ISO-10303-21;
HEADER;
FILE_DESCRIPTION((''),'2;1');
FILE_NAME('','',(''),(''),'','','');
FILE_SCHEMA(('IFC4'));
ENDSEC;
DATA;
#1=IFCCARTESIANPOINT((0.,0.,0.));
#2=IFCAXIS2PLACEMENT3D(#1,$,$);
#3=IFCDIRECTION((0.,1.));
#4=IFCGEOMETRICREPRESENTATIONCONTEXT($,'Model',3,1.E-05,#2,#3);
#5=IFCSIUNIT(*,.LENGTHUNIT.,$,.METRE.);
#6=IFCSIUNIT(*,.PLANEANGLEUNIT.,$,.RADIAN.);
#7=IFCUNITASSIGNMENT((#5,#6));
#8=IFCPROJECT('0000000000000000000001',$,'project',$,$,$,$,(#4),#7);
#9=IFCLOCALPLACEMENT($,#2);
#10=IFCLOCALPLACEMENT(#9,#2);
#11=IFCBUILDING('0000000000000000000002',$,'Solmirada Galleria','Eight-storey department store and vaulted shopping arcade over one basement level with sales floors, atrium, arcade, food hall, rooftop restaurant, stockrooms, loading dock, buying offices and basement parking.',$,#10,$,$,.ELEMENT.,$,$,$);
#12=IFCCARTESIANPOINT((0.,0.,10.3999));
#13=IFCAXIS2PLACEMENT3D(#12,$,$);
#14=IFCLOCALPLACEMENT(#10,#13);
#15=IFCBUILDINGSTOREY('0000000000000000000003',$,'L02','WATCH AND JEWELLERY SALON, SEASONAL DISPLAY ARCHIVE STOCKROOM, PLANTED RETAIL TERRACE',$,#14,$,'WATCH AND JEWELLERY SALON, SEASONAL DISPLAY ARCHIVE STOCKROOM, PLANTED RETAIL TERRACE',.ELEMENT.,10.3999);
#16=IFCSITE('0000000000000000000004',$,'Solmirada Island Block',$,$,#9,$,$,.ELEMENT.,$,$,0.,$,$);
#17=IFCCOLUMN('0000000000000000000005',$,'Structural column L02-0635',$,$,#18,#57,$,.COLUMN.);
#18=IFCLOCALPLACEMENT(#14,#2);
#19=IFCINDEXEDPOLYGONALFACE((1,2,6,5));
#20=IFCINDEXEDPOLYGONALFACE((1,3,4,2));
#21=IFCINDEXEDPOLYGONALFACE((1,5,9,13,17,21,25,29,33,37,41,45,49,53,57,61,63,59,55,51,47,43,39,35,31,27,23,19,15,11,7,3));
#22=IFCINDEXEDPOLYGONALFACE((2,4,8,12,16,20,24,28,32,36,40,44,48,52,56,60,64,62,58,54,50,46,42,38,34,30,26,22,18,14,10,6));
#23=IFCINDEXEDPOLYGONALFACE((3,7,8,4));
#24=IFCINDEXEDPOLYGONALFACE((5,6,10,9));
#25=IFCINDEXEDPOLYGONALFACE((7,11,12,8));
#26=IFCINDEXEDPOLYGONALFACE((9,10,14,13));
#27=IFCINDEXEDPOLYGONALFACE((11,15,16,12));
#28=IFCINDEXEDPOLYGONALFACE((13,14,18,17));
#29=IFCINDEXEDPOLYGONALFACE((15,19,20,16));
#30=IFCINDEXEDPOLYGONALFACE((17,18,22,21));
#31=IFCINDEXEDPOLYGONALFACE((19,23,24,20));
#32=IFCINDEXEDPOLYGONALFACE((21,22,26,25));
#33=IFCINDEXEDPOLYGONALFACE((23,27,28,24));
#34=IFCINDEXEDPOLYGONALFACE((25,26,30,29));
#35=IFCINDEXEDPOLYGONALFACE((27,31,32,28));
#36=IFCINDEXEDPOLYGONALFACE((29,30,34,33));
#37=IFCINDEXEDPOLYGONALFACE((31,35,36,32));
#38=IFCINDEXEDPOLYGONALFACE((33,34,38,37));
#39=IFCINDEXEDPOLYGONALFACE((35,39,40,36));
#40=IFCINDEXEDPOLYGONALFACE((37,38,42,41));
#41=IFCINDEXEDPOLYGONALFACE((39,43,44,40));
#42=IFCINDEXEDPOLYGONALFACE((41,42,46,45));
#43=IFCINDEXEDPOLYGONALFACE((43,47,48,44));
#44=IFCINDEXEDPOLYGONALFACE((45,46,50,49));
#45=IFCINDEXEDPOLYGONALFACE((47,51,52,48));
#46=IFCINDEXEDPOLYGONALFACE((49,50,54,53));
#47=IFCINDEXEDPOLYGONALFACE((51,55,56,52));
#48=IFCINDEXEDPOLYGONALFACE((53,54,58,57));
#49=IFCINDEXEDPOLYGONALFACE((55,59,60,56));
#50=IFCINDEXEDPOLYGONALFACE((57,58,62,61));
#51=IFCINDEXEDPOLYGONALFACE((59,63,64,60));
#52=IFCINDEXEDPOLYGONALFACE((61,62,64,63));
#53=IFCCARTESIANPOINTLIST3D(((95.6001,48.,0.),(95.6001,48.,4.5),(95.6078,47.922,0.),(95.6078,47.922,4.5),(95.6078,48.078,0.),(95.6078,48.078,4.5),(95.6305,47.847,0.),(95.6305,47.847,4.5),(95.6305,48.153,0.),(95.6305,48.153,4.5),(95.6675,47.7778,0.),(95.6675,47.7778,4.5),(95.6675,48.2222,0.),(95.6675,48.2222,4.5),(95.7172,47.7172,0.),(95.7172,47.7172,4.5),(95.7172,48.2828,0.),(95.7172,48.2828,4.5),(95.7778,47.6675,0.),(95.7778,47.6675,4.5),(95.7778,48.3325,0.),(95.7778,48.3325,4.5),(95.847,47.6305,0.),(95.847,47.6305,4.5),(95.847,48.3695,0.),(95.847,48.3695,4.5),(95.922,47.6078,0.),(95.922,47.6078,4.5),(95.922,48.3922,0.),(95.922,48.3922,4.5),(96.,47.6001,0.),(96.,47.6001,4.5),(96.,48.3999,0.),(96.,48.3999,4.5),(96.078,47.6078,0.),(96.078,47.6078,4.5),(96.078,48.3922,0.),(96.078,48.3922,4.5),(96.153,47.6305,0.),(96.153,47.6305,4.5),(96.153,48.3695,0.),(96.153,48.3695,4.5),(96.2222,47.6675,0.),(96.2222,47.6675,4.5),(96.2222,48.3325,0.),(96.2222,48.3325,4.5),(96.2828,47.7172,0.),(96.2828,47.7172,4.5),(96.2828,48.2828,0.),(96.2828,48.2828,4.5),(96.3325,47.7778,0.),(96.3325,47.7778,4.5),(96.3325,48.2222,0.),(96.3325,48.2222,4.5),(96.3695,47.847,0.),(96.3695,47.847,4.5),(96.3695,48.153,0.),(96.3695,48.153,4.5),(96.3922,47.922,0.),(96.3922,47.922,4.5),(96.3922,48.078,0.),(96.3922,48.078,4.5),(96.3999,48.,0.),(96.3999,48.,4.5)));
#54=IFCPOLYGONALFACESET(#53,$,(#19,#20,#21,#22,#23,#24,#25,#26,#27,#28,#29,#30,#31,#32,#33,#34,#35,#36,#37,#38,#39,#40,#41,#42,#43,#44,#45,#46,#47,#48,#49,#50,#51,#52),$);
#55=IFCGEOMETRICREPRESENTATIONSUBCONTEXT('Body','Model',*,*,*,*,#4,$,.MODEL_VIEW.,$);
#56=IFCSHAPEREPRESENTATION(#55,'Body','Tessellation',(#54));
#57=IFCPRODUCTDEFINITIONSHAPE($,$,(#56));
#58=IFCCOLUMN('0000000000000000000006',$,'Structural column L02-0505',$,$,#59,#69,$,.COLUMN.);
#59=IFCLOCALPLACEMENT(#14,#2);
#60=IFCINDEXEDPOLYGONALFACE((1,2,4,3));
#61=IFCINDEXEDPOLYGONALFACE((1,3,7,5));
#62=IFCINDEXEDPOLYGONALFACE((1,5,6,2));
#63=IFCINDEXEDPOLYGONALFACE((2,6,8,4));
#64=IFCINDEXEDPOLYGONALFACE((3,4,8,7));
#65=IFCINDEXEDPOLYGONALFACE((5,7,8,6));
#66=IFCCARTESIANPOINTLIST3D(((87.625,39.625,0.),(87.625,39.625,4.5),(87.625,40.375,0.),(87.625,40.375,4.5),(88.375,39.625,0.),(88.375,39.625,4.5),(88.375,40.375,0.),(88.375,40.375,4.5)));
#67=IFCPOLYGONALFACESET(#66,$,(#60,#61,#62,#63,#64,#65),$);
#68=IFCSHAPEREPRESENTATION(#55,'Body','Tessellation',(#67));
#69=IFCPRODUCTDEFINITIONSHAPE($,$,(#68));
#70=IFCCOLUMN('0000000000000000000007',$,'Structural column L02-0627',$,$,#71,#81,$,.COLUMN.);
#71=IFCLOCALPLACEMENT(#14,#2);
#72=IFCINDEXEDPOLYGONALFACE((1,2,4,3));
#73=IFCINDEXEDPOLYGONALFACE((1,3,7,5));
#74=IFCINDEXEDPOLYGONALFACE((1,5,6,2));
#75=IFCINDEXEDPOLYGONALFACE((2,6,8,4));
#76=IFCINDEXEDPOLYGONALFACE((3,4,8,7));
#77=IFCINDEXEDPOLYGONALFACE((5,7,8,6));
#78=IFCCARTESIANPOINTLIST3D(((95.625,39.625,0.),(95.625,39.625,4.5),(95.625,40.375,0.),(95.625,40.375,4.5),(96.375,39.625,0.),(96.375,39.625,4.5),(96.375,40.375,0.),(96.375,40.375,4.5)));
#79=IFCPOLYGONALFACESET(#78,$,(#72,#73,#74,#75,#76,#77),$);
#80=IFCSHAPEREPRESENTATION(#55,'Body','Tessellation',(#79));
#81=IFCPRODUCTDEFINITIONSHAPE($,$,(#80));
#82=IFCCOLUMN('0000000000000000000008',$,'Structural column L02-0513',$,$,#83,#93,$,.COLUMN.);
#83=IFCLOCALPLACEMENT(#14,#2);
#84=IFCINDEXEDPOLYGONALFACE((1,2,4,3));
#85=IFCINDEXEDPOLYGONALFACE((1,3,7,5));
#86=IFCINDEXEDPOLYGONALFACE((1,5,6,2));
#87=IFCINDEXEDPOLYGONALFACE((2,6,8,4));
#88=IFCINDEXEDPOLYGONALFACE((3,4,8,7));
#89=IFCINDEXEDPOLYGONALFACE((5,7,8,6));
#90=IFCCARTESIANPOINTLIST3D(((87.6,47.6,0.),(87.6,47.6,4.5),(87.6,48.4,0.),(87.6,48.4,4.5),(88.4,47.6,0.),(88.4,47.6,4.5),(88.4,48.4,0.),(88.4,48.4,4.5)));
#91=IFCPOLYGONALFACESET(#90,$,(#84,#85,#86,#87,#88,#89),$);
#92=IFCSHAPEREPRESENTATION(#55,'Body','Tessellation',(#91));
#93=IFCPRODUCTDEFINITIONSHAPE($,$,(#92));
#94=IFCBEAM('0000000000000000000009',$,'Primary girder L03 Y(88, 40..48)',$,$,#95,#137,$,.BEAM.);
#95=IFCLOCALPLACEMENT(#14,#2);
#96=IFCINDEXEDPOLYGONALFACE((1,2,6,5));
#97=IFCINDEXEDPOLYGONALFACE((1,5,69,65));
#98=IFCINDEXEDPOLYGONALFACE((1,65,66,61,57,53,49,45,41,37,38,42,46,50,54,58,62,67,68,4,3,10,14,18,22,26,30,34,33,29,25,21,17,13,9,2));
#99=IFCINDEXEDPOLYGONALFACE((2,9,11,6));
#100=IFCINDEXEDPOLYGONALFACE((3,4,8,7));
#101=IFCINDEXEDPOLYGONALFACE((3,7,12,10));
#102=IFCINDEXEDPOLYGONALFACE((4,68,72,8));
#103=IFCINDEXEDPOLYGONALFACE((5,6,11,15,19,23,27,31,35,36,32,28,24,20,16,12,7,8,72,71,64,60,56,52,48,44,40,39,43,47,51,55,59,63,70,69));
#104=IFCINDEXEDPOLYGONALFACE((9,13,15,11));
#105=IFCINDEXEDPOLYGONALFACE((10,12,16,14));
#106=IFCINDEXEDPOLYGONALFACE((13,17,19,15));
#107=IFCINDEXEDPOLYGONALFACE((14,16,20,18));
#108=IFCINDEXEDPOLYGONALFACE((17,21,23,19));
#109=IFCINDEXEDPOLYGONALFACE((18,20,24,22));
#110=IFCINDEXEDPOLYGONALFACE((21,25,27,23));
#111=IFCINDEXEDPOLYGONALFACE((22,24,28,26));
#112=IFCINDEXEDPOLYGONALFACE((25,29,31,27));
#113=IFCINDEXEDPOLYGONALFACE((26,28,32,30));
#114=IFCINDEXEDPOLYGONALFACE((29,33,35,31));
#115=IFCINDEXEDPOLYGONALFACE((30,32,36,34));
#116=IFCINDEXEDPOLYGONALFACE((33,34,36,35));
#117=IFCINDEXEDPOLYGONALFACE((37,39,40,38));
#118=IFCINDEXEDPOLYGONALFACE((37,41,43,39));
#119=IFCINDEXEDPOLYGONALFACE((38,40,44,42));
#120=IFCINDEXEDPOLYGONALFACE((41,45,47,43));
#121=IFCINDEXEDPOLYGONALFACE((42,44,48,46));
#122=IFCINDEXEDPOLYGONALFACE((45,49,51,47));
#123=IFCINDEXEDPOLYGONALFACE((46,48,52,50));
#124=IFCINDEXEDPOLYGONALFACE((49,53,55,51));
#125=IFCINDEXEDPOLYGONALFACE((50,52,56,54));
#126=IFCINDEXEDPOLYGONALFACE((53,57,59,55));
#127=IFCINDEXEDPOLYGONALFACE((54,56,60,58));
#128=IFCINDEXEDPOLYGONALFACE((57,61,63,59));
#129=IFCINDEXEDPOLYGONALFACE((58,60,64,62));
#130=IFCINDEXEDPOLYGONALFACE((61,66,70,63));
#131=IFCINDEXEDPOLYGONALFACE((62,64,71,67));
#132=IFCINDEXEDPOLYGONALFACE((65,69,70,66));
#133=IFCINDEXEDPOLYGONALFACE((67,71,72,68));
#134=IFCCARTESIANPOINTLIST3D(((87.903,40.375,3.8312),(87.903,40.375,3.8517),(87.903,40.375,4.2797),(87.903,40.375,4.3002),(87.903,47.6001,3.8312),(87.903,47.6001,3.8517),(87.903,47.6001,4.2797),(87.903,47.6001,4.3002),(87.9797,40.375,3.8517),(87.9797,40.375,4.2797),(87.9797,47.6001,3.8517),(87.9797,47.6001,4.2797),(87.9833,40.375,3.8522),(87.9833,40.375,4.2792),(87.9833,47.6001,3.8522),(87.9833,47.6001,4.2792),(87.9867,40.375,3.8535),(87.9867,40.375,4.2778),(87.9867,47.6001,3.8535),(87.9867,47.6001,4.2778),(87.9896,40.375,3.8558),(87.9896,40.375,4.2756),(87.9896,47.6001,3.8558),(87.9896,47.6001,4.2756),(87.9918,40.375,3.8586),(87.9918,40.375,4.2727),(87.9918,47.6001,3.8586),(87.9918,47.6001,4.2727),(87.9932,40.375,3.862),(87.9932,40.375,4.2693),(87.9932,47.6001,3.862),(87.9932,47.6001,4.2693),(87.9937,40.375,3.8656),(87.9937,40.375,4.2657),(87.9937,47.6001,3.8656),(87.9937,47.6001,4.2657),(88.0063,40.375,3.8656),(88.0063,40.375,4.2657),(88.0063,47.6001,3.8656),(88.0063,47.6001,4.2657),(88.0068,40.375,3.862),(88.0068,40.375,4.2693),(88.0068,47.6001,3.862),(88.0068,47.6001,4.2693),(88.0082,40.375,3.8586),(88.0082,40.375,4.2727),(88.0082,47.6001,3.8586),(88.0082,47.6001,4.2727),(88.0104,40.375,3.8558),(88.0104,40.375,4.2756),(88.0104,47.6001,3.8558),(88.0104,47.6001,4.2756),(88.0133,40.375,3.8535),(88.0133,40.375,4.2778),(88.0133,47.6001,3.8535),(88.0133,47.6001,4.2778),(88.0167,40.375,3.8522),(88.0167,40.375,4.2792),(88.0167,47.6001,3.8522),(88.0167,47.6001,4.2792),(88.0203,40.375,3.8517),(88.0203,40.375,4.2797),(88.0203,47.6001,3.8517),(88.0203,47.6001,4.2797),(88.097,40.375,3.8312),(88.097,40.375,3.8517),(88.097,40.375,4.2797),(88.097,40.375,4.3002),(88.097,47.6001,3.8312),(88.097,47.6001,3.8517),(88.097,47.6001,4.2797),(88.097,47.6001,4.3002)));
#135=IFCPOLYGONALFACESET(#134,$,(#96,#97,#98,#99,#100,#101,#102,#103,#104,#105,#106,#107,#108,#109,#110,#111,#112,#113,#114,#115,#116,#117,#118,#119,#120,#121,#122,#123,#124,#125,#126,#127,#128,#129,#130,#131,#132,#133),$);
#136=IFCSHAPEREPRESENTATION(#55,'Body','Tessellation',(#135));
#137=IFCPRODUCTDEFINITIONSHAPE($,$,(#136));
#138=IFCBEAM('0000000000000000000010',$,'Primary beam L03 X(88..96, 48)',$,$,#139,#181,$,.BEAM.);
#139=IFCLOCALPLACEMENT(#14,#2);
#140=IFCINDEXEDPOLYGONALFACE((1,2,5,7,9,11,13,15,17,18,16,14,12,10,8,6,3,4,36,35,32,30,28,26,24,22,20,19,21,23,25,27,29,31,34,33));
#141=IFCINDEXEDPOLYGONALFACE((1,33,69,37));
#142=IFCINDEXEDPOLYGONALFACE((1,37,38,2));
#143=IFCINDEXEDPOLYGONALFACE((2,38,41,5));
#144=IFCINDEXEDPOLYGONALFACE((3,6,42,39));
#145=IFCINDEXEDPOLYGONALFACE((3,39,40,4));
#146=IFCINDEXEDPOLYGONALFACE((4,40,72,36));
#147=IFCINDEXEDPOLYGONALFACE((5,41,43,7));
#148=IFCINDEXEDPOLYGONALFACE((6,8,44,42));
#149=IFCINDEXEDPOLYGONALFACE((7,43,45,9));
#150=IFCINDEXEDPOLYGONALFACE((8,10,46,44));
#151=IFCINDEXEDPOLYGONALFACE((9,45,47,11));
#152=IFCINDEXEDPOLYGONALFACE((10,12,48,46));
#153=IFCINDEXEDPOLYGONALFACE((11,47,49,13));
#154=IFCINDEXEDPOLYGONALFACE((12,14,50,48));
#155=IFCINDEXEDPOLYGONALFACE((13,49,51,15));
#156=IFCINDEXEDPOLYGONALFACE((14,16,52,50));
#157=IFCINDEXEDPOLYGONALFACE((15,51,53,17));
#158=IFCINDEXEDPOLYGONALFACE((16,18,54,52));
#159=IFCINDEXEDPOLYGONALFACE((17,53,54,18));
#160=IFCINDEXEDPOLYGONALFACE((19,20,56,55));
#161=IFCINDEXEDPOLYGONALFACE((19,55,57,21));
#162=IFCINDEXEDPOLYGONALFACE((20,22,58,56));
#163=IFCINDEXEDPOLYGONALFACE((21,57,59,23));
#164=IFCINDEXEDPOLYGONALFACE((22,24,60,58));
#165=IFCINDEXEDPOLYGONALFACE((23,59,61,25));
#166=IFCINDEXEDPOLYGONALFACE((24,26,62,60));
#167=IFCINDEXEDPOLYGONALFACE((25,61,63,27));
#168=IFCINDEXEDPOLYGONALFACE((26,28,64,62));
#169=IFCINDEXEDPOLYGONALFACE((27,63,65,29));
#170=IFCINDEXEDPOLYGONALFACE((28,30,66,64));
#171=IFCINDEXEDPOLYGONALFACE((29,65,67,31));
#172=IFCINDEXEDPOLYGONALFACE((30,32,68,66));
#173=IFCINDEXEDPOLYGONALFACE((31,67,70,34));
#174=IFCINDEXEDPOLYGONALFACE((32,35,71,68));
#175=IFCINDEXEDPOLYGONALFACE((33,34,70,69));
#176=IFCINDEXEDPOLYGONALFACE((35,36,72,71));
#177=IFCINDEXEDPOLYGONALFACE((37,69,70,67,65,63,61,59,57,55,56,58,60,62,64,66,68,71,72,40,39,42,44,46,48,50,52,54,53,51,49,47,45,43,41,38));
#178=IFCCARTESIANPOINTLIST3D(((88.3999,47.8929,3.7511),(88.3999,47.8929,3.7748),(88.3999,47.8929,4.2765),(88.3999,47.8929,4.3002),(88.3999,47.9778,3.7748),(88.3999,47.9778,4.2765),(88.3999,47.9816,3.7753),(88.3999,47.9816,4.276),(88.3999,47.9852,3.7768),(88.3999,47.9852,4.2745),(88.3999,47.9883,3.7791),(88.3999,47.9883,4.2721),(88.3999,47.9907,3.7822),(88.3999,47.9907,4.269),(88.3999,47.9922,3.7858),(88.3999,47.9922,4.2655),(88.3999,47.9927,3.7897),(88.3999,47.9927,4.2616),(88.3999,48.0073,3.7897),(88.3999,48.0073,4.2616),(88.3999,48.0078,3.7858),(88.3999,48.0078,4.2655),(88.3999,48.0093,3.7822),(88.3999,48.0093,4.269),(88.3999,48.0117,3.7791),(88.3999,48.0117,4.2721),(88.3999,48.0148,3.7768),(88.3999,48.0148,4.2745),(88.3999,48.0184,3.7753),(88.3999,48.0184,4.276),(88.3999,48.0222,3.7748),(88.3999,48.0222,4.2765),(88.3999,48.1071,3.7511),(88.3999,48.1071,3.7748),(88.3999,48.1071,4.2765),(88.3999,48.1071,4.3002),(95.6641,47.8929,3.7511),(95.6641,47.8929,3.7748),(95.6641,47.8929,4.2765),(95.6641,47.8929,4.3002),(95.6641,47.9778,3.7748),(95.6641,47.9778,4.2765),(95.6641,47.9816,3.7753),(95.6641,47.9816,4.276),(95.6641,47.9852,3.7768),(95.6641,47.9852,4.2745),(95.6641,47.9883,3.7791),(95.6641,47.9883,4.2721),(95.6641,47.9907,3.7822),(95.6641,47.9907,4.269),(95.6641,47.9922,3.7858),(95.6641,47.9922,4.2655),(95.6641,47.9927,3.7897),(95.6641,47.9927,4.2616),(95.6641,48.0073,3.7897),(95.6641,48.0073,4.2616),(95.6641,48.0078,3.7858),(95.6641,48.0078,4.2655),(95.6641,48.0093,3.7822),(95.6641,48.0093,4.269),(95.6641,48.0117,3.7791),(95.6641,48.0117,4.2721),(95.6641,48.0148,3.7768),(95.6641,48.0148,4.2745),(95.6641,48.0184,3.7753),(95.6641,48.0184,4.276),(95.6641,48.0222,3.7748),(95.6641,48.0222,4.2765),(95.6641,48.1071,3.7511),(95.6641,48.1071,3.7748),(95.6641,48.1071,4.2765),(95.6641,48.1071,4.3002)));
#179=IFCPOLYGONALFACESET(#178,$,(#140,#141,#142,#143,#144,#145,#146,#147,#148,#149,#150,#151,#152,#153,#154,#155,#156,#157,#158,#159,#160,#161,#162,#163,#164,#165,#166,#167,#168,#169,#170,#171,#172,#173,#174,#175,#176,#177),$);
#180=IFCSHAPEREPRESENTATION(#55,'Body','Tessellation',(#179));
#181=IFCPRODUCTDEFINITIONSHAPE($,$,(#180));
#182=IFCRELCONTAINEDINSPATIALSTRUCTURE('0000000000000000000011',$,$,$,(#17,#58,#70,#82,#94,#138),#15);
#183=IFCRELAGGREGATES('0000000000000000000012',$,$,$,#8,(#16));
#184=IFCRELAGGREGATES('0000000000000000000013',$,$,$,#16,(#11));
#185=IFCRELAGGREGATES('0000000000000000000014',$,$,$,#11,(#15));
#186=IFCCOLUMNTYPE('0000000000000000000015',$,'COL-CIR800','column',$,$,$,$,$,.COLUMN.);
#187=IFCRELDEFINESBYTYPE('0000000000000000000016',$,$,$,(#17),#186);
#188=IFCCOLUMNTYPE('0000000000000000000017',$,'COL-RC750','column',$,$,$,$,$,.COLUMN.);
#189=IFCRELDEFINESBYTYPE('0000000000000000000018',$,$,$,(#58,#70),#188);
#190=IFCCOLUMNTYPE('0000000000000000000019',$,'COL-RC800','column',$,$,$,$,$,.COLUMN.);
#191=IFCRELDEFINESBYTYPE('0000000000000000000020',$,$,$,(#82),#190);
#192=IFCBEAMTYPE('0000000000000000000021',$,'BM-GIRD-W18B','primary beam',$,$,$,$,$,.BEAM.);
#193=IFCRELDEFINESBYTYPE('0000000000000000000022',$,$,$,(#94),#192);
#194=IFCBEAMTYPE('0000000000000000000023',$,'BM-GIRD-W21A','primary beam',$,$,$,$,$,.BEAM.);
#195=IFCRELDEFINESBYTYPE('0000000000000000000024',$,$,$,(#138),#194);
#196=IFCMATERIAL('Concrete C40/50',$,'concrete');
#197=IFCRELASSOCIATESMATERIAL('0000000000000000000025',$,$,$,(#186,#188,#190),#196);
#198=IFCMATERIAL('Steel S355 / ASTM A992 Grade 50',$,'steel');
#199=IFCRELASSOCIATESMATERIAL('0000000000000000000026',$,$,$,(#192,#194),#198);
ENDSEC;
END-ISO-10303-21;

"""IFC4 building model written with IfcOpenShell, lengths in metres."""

from ifc_helpers import new_model, si_unit, direction, frame, origin, origin_2d, place, context, subcontext, project, spatial, rectangle, circle, i_section, extrude, material, material_profile, profile_set, type_object, element, save


model = new_model("IFC4")

# Units and contexts
model_context = context("Model", 3, precision=1e-05, world=origin(), true_north=direction((0.0, 1.0)))
body_context = subcontext(model_context, "Body", "Model", "MODEL_VIEW")
ifc_project = project(units=[si_unit("LENGTHUNIT", "METRE"), si_unit("PLANEANGLEUNIT", "RADIAN")], contexts=[model_context])

# Site, building, storey
site_placement = place(None, origin())
site = spatial("IfcSite", under=ifc_project, at=site_placement, Name="Solmirada Island Block", CompositionType="ELEMENT", RefElevation=0.0)
building_placement = place(site_placement, origin())
building = spatial("IfcBuilding", under=site, at=building_placement, Name="Solmirada Galleria", Description="Eight-storey department store and vaulted shopping arcade over one basement level with sales floors, atrium, arcade, food hall, rooftop restaurant, stockrooms, loading dock, buying offices and basement parking.", CompositionType="ELEMENT")
storey_placement = place(building_placement, frame((0.0, 0.0, 10.3999)))
storey = spatial("IfcBuildingStorey", under=building, at=storey_placement, Name="L02", Description="WATCH AND JEWELLERY SALON, SEASONAL DISPLAY ARCHIVE STOCKROOM, PLANTED RETAIL TERRACE", LongName="WATCH AND JEWELLERY SALON, SEASONAL DISPLAY ARCHIVE STOCKROOM, PLANTED RETAIL TERRACE", CompositionType="ELEMENT", Elevation=10.3999)

# Columns
ifc_material_1 = material(Name="Concrete C40/50", Category="concrete")
ifc_material_profile_1 = material_profile(ifc_material_1, circle(Radius=0.3999, at=origin_2d()), Name="RCCOL800")
ifc_profile_set_1 = profile_set([ifc_material_profile_1], Name="Concrete C40/50")
column_type_1 = type_object("IfcColumnType", Name="COL-CIR800", Description="column", PredefinedType="COLUMN", material=ifc_profile_set_1)
column_1_placement = place(storey_placement, frame((96.0, 48.0, 0.0), z_axis=(0.0, 0.0, 1.0), x_axis=(1.0, 0.0, 0.0)))
element("IfcColumn", 1, at=column_1_placement, inside=storey, type_object=column_type_1, Name="Structural column L02-0635", PredefinedType="COLUMN", context=body_context, shape_type="SweptSolid", body=[
    extrude(circle(Radius=0.3999, at=origin_2d()), origin(), (0.0, 0.0, 1.0), 4.5),
])
ifc_material_profile_2 = material_profile(ifc_material_1, rectangle(XDim=0.75, YDim=0.75, at=origin_2d()), Name="RC750X750")
ifc_profile_set_2 = profile_set([ifc_material_profile_2], Name="Concrete C40/50")
column_type_2 = type_object("IfcColumnType", Name="COL-RC750", Description="column", PredefinedType="COLUMN", material=ifc_profile_set_2)
for number, where, z_axis, x_axis, name in (
    (2, (88.0, 40.0, 0.0), (0.0, 0.0, 1.0), (1.0, 0.0, 0.0), "Structural column L02-0505"),
    (3, (96.0, 40.0, 0.0), (0.0, 0.0, 1.0), (1.0, 0.0, 0.0), "Structural column L02-0627"),
):
    element("IfcColumn", number, at=place(storey_placement, frame(where, z_axis=z_axis, x_axis=x_axis)), inside=storey, type_object=column_type_2, Name=name, PredefinedType="COLUMN", context=body_context, shape_type="SweptSolid", body=[
        extrude(rectangle(XDim=0.75, YDim=0.75, at=origin_2d()), origin(), (0.0, 0.0, 1.0), 4.5),
    ])
ifc_material_profile_3 = material_profile(ifc_material_1, rectangle(XDim=0.8, YDim=0.8, at=origin_2d()), Name="RC800X800")
ifc_profile_set_3 = profile_set([ifc_material_profile_3], Name="Concrete C40/50")
column_type_3 = type_object("IfcColumnType", Name="COL-RC800", Description="column", PredefinedType="COLUMN", material=ifc_profile_set_3)
column_2_placement = place(storey_placement, frame((88.0, 48.0, 0.0), z_axis=(0.0, 0.0, 1.0), x_axis=(1.0, 0.0, 0.0)))
element("IfcColumn", 4, at=column_2_placement, inside=storey, type_object=column_type_3, Name="Structural column L02-0513", PredefinedType="COLUMN", context=body_context, shape_type="SweptSolid", body=[
    extrude(rectangle(XDim=0.8, YDim=0.8, at=origin_2d()), origin(), (0.0, 0.0, 1.0), 4.5),
])

# Beams
ifc_material_2 = material(Name="Steel S355 / ASTM A992 Grade 50", Category="steel")
ifc_material_profile_4 = material_profile(ifc_material_2, i_section(OverallWidth=0.1941, OverallDepth=0.469, WebThickness=0.0127, FlangeThickness=0.0205, FilletRadius=0.0139, at=origin_2d()), Name="W18X71")
ifc_profile_set_4 = profile_set([ifc_material_profile_4], Name="Steel S355 / ASTM A992 Grade 50")
beam_type_1 = type_object("IfcBeamType", Name="BM-GIRD-W18B", Description="primary beam", PredefinedType="BEAM", material=ifc_profile_set_4)
beam_1_placement = place(storey_placement, frame((88.0, 40.375, 4.0657), z_axis=(0.0, 1.0, 0.0), x_axis=(-1.0, 0.0, 0.0)))
element("IfcBeam", 5, at=beam_1_placement, inside=storey, type_object=beam_type_1, Name="Primary girder L03 Y(88, 40..48)", PredefinedType="BEAM", context=body_context, shape_type="SweptSolid", body=[
    extrude(i_section(OverallWidth=0.1941, OverallDepth=0.469, WebThickness=0.0127, FlangeThickness=0.0205, FilletRadius=0.0139, at=origin_2d()), origin(), (0.0, 0.0, 1.0), 7.2251),
])
ifc_material_profile_5 = material_profile(ifc_material_2, i_section(OverallWidth=0.2141, OverallDepth=0.5491, WebThickness=0.0146, FlangeThickness=0.0237, FilletRadius=0.0149, at=origin_2d()), Name="W21X93")
ifc_profile_set_5 = profile_set([ifc_material_profile_5], Name="Steel S355 / ASTM A992 Grade 50")
beam_type_2 = type_object("IfcBeamType", Name="BM-GIRD-W21A", Description="primary beam", PredefinedType="BEAM", material=ifc_profile_set_5)
for number, where, z_axis, x_axis, name in (
    (6, (88.3999, 48.0, 4.0256), (1.0, 0.0, 0.0), (0.0, 1.0, 0.0), "Primary beam L03 X(88..96, 48)"),
):
    element("IfcBeam", number, at=place(storey_placement, frame(where, z_axis=z_axis, x_axis=x_axis)), inside=storey, type_object=beam_type_2, Name=name, PredefinedType="BEAM", context=body_context, shape_type="SweptSolid", body=[
        extrude(i_section(OverallWidth=0.2141, OverallDepth=0.5491, WebThickness=0.0146, FlangeThickness=0.0237, FilletRadius=0.0149, at=origin_2d()), origin(), (0.0, 0.0, 1.0), 7.2642),
    ])

save(model, "model.ifc")
